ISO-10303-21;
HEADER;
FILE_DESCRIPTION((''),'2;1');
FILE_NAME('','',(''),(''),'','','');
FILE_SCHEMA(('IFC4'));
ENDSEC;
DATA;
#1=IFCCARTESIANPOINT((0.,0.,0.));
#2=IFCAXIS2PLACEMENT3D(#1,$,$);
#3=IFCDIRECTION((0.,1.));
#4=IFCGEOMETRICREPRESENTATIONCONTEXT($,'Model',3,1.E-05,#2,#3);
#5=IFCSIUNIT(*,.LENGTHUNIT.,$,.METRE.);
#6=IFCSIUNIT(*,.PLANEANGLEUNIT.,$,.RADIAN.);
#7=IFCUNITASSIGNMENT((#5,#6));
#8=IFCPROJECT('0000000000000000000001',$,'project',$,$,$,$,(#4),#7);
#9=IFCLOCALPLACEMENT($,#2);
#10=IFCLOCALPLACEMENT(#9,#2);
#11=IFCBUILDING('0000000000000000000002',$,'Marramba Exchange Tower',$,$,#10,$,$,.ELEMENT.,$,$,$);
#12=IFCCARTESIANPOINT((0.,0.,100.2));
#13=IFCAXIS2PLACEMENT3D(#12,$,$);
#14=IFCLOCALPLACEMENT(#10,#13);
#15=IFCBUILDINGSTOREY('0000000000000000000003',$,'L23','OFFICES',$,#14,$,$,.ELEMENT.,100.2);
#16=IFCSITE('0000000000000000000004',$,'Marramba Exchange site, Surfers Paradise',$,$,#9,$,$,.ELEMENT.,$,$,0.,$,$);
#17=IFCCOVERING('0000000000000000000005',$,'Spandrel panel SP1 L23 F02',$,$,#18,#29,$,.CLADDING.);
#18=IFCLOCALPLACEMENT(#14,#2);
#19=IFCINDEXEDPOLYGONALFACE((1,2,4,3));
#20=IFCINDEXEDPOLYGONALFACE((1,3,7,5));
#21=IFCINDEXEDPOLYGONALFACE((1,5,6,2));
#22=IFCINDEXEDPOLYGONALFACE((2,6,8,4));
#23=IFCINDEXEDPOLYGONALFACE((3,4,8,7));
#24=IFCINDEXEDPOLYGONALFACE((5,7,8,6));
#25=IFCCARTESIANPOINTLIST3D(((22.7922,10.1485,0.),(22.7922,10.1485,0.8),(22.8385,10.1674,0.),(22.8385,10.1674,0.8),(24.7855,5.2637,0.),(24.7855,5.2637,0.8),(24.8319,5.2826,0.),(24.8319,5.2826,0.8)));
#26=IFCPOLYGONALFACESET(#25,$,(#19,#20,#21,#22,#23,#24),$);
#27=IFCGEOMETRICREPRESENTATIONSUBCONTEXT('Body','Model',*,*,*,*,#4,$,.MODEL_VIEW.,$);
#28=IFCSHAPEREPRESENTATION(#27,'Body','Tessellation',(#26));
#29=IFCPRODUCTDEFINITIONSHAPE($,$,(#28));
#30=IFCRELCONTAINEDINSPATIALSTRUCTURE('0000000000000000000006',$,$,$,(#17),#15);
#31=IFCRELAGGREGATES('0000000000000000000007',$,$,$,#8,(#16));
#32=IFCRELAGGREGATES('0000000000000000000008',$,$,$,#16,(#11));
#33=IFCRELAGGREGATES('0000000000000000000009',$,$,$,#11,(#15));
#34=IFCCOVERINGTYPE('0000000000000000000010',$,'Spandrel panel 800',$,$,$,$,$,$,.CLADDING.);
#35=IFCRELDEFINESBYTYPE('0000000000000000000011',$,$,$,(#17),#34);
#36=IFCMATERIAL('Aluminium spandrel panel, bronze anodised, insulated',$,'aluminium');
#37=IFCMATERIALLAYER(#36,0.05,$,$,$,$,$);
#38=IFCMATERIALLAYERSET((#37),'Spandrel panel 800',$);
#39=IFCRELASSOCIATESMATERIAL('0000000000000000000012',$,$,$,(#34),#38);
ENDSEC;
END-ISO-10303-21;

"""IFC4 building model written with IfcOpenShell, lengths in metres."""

from ifc_helpers import new_model, si_unit, direction, frame, origin, origin_2d, place, context, subcontext, project, spatial, rectangle, extrude, material, layer, layer_set, type_object, element, save


model = new_model("IFC4")

# Units and contexts
model_context = context("Model", 3, precision=1e-05, world=origin(), true_north=direction((0.0, 1.0)))
body_context = subcontext(model_context, "Body", "Model", "MODEL_VIEW")
ifc_project = project(units=[si_unit("LENGTHUNIT", "METRE"), si_unit("PLANEANGLEUNIT", "RADIAN")], contexts=[model_context])

# Site, building, storey
site_placement = place(None, origin())
site = spatial("IfcSite", under=ifc_project, at=site_placement, Name="Marramba Exchange site, Surfers Paradise", CompositionType="ELEMENT", RefElevation=0.0)
building_placement = place(site_placement, origin())
building = spatial("IfcBuilding", under=site, at=building_placement, Name="Marramba Exchange Tower", CompositionType="ELEMENT")
storey_placement = place(building_placement, frame((0.0, 0.0, 100.2)))
storey = spatial("IfcBuildingStorey", under=building, at=storey_placement, Name="L23", Description="OFFICES", CompositionType="ELEMENT", Elevation=100.2)

# Covering
ifc_material_1 = material(Name="Aluminium spandrel panel, bronze anodised, insulated", Category="aluminium")
ifc_layer_1 = layer(ifc_material_1, 0.05)
ifc_layer_set_1 = layer_set([ifc_layer_1], Name="Spandrel panel 800")
covering_type = type_object("IfcCoveringType", Name="Spandrel panel 800", PredefinedType="CLADDING", material=ifc_layer_set_1)
covering_1_placement = place(storey_placement, frame((23.812, 7.7156, 0.0), z_axis=(0.0, 0.0, 1.0), x_axis=(-0.377821, 0.925879, 0.0)))
element("IfcCovering", 1, at=covering_1_placement, inside=storey, type_object=covering_type, Name="Spandrel panel SP1 L23 F02", PredefinedType="CLADDING", context=body_context, shape_type="SweptSolid", body=[
    extrude(rectangle(XDim=5.2759, YDim=0.05, at=origin_2d()), origin(), (0.0, 0.0, 1.0), 0.8),
])

save(model, "model.ifc")
